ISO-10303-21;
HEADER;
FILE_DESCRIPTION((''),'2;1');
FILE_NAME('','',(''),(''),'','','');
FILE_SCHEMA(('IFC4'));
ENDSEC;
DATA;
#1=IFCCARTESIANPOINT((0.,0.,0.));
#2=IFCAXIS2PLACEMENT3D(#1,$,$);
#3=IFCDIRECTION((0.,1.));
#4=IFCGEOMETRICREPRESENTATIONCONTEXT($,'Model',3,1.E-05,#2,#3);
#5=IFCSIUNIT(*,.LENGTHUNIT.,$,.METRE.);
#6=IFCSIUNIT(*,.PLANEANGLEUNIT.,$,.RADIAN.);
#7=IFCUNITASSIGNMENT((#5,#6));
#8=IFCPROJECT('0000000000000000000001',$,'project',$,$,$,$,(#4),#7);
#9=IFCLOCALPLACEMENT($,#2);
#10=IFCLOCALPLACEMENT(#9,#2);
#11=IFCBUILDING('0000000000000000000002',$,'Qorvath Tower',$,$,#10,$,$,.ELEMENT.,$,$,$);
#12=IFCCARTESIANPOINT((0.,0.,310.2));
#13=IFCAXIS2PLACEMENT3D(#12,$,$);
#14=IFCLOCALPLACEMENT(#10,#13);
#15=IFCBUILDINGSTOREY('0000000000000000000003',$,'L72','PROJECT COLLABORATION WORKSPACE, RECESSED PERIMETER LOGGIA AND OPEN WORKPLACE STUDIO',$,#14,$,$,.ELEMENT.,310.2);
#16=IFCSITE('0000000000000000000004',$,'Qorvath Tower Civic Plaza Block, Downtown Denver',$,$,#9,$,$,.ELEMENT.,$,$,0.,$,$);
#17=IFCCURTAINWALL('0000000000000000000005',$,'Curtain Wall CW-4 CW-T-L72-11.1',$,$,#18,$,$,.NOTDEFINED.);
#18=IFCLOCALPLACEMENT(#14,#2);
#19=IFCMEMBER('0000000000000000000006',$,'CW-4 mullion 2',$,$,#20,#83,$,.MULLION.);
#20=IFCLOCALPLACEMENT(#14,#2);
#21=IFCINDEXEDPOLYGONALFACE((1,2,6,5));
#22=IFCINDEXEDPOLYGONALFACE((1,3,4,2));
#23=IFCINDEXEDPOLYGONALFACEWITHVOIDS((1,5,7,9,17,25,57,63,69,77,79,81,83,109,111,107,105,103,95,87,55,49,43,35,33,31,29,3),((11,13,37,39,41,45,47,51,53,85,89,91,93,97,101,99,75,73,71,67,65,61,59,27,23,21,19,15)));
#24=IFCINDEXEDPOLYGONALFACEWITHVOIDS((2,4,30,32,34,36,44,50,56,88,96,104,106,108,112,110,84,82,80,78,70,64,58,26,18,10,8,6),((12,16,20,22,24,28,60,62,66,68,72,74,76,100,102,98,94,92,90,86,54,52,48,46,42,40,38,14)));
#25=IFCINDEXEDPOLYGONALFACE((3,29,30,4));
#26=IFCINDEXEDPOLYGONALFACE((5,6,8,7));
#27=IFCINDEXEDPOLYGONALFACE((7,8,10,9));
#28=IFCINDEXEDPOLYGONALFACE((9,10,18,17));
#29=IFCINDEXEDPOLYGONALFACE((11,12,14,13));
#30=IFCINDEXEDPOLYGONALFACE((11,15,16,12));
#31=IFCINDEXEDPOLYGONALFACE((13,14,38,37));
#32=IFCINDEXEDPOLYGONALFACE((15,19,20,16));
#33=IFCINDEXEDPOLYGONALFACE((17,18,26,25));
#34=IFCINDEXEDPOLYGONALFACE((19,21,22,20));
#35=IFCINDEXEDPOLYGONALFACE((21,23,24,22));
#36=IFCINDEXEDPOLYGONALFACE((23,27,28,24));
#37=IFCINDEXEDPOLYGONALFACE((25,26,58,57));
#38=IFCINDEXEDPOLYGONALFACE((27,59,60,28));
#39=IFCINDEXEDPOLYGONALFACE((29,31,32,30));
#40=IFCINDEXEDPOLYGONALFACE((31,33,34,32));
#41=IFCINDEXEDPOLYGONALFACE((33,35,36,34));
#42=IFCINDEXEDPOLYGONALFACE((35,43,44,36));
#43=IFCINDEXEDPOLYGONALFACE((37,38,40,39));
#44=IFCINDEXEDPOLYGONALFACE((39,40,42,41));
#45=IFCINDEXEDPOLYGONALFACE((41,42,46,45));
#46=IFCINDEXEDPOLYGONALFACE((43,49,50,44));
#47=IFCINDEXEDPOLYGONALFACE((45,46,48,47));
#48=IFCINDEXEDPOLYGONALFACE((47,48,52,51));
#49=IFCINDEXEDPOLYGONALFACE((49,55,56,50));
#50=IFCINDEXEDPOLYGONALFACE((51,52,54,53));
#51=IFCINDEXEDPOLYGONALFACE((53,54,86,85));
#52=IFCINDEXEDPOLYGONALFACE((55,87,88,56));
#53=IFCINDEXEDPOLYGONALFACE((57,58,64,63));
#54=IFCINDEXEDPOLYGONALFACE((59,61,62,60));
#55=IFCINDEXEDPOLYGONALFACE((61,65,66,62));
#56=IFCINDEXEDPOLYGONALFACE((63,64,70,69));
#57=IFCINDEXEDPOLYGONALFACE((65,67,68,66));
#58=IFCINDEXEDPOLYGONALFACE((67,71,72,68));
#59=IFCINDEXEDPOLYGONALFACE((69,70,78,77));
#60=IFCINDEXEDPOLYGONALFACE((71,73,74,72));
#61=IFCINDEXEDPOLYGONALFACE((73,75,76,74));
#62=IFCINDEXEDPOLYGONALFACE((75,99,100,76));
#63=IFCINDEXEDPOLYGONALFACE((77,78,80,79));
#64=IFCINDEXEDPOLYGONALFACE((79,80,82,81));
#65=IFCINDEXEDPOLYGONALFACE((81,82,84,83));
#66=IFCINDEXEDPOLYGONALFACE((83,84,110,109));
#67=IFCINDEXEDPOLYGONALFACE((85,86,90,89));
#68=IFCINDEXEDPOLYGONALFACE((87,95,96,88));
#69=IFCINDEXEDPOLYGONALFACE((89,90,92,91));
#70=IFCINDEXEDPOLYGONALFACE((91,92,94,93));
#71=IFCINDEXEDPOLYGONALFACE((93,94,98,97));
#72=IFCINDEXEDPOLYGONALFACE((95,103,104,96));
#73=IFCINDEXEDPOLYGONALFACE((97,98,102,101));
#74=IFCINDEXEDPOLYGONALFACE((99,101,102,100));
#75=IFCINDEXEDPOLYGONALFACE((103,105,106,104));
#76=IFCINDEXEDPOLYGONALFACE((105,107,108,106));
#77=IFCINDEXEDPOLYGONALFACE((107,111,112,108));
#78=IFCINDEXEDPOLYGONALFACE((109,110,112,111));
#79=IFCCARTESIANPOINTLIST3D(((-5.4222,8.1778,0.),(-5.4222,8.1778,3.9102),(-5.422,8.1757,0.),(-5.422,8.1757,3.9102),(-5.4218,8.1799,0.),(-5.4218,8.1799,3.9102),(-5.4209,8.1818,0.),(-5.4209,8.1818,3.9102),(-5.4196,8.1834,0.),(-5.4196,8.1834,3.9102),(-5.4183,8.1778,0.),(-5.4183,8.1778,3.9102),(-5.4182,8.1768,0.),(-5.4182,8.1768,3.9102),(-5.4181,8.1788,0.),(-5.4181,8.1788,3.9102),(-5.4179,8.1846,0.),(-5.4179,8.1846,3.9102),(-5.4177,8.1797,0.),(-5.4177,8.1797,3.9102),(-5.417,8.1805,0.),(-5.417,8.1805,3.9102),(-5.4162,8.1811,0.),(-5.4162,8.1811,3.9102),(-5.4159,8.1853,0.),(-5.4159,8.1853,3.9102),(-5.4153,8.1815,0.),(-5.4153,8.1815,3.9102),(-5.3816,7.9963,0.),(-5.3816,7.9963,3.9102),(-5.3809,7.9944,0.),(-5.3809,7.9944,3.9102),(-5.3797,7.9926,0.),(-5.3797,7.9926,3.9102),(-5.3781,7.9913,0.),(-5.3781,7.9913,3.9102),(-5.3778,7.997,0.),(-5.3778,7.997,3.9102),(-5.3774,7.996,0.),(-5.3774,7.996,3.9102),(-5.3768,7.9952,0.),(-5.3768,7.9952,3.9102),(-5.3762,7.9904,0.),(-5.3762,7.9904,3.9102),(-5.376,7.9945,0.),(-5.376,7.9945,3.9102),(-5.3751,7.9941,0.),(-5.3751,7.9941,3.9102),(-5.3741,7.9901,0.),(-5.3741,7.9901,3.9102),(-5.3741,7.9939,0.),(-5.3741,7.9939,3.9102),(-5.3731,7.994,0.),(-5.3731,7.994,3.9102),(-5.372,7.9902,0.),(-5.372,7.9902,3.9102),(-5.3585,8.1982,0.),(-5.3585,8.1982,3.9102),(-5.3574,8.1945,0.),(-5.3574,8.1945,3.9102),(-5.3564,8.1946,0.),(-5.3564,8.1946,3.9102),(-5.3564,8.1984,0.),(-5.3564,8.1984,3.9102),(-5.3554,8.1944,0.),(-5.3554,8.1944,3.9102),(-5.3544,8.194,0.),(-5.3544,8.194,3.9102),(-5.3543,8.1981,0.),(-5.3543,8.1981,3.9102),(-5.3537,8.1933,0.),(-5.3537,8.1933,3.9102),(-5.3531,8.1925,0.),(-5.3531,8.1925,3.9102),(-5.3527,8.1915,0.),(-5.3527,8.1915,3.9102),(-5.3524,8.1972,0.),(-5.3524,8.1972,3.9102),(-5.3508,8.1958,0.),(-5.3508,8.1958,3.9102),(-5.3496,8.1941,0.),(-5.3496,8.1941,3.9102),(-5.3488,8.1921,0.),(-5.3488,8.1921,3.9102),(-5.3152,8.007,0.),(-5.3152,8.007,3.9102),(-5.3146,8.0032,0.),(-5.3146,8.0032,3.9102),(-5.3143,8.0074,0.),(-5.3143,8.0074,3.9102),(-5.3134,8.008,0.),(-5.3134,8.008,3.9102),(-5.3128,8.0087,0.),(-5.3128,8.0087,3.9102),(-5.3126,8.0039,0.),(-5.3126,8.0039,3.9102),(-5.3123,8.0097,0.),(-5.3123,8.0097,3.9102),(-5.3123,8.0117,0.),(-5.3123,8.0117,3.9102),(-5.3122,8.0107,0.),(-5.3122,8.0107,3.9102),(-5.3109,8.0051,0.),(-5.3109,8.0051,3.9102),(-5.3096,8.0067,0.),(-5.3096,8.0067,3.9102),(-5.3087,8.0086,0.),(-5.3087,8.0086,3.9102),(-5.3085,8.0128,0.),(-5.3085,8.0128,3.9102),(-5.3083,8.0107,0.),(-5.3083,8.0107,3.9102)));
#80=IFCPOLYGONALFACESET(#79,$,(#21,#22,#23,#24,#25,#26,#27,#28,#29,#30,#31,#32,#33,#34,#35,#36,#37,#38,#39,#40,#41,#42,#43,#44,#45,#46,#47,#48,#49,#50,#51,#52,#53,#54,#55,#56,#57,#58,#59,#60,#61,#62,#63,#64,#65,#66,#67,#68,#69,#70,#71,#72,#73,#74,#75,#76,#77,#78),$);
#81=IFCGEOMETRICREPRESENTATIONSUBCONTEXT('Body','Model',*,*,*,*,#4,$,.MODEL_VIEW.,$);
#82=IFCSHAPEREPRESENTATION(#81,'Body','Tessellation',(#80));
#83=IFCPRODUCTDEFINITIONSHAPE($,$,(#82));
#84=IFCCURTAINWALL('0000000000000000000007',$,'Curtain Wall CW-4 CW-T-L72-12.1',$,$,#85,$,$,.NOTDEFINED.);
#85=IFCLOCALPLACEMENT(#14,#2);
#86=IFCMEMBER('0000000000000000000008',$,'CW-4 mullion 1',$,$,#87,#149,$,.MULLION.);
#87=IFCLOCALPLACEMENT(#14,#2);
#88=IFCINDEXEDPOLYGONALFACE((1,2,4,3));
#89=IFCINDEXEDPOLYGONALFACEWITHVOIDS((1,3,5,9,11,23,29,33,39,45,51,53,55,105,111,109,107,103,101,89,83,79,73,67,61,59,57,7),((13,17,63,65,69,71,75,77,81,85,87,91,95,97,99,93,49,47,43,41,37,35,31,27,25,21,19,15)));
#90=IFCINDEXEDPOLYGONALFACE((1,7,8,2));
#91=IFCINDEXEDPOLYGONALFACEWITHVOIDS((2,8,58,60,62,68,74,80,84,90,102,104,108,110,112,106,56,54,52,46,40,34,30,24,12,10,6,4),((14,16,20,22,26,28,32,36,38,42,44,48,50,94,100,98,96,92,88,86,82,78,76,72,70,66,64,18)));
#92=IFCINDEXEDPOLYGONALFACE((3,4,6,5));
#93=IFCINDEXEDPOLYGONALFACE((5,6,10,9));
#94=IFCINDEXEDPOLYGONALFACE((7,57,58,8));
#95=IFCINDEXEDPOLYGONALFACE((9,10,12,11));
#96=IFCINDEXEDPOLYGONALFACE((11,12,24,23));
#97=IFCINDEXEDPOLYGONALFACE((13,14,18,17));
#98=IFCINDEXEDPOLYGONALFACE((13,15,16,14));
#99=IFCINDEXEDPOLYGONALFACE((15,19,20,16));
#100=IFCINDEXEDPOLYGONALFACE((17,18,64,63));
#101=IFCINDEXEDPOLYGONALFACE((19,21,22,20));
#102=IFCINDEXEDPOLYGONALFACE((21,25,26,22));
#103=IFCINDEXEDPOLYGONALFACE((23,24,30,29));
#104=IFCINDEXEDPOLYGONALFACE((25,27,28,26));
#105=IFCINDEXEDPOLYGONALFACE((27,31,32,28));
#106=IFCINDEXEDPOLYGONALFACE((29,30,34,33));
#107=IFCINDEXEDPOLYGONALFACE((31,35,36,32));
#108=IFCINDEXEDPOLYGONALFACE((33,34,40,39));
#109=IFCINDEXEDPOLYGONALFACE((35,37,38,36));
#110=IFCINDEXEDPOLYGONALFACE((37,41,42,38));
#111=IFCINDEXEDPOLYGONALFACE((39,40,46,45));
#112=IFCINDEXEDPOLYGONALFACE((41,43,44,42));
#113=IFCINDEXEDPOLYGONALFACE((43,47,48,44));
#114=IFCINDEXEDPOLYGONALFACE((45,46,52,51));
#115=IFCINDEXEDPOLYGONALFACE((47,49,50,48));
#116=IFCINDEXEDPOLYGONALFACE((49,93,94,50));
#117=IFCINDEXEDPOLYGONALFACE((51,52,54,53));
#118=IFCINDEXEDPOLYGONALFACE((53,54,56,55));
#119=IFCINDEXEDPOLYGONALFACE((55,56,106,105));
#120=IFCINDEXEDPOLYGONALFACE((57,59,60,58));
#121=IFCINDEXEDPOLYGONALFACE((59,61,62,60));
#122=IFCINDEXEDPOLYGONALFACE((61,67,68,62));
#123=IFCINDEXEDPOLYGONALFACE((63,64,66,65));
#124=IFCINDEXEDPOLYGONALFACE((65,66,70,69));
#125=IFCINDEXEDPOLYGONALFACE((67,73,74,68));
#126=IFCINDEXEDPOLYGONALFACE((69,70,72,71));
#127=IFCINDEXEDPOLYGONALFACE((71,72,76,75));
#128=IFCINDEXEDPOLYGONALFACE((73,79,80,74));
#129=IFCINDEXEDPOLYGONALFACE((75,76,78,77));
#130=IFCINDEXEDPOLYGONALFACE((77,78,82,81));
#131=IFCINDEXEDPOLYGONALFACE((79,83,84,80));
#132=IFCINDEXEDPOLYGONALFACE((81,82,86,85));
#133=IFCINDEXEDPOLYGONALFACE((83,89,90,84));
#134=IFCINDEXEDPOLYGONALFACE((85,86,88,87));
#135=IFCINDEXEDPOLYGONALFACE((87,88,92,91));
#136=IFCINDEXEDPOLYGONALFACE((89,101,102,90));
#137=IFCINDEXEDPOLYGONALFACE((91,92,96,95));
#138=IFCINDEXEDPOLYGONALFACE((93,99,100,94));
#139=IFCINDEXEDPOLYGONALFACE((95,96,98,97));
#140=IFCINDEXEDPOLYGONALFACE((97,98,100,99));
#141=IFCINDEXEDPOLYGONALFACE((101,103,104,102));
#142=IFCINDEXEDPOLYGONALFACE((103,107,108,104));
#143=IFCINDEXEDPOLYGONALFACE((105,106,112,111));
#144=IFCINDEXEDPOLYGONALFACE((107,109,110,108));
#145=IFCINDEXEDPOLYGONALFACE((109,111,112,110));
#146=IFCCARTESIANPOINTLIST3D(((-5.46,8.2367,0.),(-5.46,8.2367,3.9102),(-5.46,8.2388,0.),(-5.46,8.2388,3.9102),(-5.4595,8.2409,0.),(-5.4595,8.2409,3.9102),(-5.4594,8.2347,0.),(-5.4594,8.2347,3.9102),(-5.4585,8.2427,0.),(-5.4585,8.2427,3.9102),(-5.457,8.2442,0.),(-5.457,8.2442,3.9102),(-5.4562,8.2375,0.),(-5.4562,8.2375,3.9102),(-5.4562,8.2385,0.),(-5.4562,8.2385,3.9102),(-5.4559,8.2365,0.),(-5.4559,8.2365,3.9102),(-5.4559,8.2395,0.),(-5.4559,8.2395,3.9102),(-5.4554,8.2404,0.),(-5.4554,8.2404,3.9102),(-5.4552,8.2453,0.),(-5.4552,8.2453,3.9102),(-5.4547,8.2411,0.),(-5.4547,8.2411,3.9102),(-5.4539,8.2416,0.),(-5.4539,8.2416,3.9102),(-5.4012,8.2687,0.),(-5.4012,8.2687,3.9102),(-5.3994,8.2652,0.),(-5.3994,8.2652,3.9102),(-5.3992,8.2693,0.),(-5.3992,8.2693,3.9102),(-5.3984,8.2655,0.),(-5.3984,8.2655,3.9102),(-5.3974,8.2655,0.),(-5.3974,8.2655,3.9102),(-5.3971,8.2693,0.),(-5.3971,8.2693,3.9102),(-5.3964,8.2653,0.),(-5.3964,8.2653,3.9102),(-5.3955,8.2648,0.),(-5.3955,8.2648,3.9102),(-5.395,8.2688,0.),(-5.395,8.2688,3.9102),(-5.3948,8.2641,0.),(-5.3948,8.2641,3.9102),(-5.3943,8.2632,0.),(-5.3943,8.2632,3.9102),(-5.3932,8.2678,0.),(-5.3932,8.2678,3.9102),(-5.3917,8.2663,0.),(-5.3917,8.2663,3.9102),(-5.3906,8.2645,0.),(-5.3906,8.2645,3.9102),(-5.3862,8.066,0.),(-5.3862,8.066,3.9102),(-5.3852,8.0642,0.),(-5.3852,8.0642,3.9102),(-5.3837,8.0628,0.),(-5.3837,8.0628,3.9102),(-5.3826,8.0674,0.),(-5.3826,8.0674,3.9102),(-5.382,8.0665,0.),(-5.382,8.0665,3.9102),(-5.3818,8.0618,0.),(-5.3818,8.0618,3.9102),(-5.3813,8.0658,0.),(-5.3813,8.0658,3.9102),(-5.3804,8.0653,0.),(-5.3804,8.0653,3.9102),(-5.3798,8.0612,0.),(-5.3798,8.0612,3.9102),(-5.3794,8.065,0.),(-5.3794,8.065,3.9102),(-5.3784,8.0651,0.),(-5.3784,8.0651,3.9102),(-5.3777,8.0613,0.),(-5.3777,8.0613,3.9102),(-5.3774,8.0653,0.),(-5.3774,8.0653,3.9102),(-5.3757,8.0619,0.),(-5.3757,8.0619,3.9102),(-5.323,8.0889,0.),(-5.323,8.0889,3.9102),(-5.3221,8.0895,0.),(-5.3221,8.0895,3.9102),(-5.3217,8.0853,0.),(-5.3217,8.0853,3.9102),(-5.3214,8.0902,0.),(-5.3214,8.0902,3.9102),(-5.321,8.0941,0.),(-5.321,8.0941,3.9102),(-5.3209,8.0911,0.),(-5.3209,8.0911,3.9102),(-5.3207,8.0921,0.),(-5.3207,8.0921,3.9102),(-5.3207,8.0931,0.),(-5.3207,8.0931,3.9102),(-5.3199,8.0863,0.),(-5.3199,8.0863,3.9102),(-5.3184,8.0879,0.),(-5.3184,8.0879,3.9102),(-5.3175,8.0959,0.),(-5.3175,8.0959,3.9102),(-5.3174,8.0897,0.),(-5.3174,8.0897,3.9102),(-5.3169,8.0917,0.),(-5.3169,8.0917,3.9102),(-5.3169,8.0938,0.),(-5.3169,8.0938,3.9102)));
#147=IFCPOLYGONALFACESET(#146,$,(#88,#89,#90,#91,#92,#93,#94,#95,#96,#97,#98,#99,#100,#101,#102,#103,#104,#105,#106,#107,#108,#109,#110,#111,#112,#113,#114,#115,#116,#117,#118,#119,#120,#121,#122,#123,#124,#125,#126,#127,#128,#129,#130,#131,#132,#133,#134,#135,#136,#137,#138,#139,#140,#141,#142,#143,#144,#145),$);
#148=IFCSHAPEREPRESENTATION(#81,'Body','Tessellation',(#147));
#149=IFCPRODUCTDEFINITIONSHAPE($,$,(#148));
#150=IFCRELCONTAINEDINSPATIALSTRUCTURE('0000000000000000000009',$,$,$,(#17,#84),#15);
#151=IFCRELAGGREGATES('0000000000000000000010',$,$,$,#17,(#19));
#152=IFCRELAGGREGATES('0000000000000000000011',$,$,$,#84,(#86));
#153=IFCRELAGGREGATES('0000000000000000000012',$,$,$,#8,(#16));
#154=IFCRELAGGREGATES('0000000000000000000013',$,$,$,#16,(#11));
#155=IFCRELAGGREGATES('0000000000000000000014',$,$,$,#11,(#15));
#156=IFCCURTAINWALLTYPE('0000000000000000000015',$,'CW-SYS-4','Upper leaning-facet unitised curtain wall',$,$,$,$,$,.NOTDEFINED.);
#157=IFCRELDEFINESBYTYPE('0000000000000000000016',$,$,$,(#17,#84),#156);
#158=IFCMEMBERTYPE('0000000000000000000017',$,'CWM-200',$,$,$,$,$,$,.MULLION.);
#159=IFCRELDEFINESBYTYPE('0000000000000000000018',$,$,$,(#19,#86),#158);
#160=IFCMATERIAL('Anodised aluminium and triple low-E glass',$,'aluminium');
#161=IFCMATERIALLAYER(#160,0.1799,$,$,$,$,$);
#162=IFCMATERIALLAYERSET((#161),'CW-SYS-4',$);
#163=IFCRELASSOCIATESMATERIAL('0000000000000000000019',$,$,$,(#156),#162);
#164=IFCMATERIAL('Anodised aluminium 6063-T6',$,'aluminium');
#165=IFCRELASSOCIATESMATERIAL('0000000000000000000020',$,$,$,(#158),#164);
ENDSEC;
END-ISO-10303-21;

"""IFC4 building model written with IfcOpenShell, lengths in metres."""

from ifc_helpers import new_model, si_unit, direction, frame, origin, origin_2d, place, context, subcontext, project, spatial, hollow_rectangle, extrude, material, layer, layer_set, material_profile, profile_set, type_object, element, aggregate, save


model = new_model("IFC4")

# Units and contexts
model_context = context("Model", 3, precision=1e-05, world=origin(), true_north=direction((0.0, 1.0)))
body_context = subcontext(model_context, "Body", "Model", "MODEL_VIEW")
ifc_project = project(units=[si_unit("LENGTHUNIT", "METRE"), si_unit("PLANEANGLEUNIT", "RADIAN")], contexts=[model_context])

# Site, building, storey
site_placement = place(None, origin())
site = spatial("IfcSite", under=ifc_project, at=site_placement, Name="Qorvath Tower Civic Plaza Block, Downtown Denver", CompositionType="ELEMENT", RefElevation=0.0)
building_placement = place(site_placement, origin())
building = spatial("IfcBuilding", under=site, at=building_placement, Name="Qorvath Tower", CompositionType="ELEMENT")
storey_placement = place(building_placement, frame((0.0, 0.0, 310.2)))
storey = spatial("IfcBuildingStorey", under=building, at=storey_placement, Name="L72", Description="PROJECT COLLABORATION WORKSPACE, RECESSED PERIMETER LOGGIA AND OPEN WORKPLACE STUDIO", CompositionType="ELEMENT", Elevation=310.2)

# Curtain wall, member
ifc_material_1 = material(Name="Anodised aluminium and triple low-E glass", Category="aluminium")
ifc_layer_1 = layer(ifc_material_1, 0.1799)
ifc_layer_set_1 = layer_set([ifc_layer_1], Name="CW-SYS-4")
curtain_wall_type = type_object("IfcCurtainWallType", Name="CW-SYS-4", Description="Upper leaning-facet unitised curtain wall", PredefinedType="NOTDEFINED", material=ifc_layer_set_1)
curtain_wall_1_placement = place(storey_placement, origin())
curtain_wall_1 = element("IfcCurtainWall", 1, at=curtain_wall_1_placement, inside=storey, type_object=curtain_wall_type, Name="Curtain Wall CW-4 CW-T-L72-11.1", PredefinedType="NOTDEFINED")
ifc_material_2 = material(Name="Anodised aluminium 6063-T6", Category="aluminium")
ifc_material_profile_1 = material_profile(ifc_material_2, hollow_rectangle(XDim=0.075, YDim=0.2, WallThickness=0.0039, InnerFilletRadius=0.0039, OuterFilletRadius=0.0081, at=origin_2d()), Name="CWM 200x75")
ifc_profile_set_1 = profile_set([ifc_material_profile_1], Name="Anodised aluminium 6063-T6")
member_type_1 = type_object("IfcMemberType", Name="CWM-200", PredefinedType="MULLION", material=ifc_profile_set_1)
member_1_placement = place(storey_placement, frame((-5.3652, 8.0942, 0.0), z_axis=(0.0, 0.0, 1.0), x_axis=(-0.975618, -0.219474, 0.0)))
member_1 = element("IfcMember", 2, at=member_1_placement, type_object=member_type_1, Name="CW-4 mullion 2", PredefinedType="MULLION", context=body_context, shape_type="SweptSolid", body=[
    extrude(hollow_rectangle(XDim=0.075, YDim=0.2, WallThickness=0.0039, InnerFilletRadius=0.0039, OuterFilletRadius=0.0081, at=origin_2d()), origin(), (0.0, 0.0, 1.0), 3.9102),
])

# Curtain wall, member
curtain_wall_2_placement = place(storey_placement, origin())
curtain_wall_2 = element("IfcCurtainWall", 3, at=curtain_wall_2_placement, inside=storey, type_object=curtain_wall_type, Name="Curtain Wall CW-4 CW-T-L72-12.1", PredefinedType="NOTDEFINED")
member_2_placement = place(storey_placement, frame((-5.3884, 8.1653, 0.0), z_axis=(0.0, 0.0, 1.0), x_axis=(-0.917487, -0.397765, 0.0)))
member_2 = element("IfcMember", 4, at=member_2_placement, type_object=member_type_1, Name="CW-4 mullion 1", PredefinedType="MULLION", context=body_context, shape_type="SweptSolid", body=[
    extrude(hollow_rectangle(XDim=0.075, YDim=0.2, WallThickness=0.0039, InnerFilletRadius=0.0039, OuterFilletRadius=0.0081, at=origin_2d()), origin(), (0.0, 0.0, 1.0), 3.9102),
])

aggregate(curtain_wall_1, [member_1])
aggregate(curtain_wall_2, [member_2])

save(model, "model.ifc")
